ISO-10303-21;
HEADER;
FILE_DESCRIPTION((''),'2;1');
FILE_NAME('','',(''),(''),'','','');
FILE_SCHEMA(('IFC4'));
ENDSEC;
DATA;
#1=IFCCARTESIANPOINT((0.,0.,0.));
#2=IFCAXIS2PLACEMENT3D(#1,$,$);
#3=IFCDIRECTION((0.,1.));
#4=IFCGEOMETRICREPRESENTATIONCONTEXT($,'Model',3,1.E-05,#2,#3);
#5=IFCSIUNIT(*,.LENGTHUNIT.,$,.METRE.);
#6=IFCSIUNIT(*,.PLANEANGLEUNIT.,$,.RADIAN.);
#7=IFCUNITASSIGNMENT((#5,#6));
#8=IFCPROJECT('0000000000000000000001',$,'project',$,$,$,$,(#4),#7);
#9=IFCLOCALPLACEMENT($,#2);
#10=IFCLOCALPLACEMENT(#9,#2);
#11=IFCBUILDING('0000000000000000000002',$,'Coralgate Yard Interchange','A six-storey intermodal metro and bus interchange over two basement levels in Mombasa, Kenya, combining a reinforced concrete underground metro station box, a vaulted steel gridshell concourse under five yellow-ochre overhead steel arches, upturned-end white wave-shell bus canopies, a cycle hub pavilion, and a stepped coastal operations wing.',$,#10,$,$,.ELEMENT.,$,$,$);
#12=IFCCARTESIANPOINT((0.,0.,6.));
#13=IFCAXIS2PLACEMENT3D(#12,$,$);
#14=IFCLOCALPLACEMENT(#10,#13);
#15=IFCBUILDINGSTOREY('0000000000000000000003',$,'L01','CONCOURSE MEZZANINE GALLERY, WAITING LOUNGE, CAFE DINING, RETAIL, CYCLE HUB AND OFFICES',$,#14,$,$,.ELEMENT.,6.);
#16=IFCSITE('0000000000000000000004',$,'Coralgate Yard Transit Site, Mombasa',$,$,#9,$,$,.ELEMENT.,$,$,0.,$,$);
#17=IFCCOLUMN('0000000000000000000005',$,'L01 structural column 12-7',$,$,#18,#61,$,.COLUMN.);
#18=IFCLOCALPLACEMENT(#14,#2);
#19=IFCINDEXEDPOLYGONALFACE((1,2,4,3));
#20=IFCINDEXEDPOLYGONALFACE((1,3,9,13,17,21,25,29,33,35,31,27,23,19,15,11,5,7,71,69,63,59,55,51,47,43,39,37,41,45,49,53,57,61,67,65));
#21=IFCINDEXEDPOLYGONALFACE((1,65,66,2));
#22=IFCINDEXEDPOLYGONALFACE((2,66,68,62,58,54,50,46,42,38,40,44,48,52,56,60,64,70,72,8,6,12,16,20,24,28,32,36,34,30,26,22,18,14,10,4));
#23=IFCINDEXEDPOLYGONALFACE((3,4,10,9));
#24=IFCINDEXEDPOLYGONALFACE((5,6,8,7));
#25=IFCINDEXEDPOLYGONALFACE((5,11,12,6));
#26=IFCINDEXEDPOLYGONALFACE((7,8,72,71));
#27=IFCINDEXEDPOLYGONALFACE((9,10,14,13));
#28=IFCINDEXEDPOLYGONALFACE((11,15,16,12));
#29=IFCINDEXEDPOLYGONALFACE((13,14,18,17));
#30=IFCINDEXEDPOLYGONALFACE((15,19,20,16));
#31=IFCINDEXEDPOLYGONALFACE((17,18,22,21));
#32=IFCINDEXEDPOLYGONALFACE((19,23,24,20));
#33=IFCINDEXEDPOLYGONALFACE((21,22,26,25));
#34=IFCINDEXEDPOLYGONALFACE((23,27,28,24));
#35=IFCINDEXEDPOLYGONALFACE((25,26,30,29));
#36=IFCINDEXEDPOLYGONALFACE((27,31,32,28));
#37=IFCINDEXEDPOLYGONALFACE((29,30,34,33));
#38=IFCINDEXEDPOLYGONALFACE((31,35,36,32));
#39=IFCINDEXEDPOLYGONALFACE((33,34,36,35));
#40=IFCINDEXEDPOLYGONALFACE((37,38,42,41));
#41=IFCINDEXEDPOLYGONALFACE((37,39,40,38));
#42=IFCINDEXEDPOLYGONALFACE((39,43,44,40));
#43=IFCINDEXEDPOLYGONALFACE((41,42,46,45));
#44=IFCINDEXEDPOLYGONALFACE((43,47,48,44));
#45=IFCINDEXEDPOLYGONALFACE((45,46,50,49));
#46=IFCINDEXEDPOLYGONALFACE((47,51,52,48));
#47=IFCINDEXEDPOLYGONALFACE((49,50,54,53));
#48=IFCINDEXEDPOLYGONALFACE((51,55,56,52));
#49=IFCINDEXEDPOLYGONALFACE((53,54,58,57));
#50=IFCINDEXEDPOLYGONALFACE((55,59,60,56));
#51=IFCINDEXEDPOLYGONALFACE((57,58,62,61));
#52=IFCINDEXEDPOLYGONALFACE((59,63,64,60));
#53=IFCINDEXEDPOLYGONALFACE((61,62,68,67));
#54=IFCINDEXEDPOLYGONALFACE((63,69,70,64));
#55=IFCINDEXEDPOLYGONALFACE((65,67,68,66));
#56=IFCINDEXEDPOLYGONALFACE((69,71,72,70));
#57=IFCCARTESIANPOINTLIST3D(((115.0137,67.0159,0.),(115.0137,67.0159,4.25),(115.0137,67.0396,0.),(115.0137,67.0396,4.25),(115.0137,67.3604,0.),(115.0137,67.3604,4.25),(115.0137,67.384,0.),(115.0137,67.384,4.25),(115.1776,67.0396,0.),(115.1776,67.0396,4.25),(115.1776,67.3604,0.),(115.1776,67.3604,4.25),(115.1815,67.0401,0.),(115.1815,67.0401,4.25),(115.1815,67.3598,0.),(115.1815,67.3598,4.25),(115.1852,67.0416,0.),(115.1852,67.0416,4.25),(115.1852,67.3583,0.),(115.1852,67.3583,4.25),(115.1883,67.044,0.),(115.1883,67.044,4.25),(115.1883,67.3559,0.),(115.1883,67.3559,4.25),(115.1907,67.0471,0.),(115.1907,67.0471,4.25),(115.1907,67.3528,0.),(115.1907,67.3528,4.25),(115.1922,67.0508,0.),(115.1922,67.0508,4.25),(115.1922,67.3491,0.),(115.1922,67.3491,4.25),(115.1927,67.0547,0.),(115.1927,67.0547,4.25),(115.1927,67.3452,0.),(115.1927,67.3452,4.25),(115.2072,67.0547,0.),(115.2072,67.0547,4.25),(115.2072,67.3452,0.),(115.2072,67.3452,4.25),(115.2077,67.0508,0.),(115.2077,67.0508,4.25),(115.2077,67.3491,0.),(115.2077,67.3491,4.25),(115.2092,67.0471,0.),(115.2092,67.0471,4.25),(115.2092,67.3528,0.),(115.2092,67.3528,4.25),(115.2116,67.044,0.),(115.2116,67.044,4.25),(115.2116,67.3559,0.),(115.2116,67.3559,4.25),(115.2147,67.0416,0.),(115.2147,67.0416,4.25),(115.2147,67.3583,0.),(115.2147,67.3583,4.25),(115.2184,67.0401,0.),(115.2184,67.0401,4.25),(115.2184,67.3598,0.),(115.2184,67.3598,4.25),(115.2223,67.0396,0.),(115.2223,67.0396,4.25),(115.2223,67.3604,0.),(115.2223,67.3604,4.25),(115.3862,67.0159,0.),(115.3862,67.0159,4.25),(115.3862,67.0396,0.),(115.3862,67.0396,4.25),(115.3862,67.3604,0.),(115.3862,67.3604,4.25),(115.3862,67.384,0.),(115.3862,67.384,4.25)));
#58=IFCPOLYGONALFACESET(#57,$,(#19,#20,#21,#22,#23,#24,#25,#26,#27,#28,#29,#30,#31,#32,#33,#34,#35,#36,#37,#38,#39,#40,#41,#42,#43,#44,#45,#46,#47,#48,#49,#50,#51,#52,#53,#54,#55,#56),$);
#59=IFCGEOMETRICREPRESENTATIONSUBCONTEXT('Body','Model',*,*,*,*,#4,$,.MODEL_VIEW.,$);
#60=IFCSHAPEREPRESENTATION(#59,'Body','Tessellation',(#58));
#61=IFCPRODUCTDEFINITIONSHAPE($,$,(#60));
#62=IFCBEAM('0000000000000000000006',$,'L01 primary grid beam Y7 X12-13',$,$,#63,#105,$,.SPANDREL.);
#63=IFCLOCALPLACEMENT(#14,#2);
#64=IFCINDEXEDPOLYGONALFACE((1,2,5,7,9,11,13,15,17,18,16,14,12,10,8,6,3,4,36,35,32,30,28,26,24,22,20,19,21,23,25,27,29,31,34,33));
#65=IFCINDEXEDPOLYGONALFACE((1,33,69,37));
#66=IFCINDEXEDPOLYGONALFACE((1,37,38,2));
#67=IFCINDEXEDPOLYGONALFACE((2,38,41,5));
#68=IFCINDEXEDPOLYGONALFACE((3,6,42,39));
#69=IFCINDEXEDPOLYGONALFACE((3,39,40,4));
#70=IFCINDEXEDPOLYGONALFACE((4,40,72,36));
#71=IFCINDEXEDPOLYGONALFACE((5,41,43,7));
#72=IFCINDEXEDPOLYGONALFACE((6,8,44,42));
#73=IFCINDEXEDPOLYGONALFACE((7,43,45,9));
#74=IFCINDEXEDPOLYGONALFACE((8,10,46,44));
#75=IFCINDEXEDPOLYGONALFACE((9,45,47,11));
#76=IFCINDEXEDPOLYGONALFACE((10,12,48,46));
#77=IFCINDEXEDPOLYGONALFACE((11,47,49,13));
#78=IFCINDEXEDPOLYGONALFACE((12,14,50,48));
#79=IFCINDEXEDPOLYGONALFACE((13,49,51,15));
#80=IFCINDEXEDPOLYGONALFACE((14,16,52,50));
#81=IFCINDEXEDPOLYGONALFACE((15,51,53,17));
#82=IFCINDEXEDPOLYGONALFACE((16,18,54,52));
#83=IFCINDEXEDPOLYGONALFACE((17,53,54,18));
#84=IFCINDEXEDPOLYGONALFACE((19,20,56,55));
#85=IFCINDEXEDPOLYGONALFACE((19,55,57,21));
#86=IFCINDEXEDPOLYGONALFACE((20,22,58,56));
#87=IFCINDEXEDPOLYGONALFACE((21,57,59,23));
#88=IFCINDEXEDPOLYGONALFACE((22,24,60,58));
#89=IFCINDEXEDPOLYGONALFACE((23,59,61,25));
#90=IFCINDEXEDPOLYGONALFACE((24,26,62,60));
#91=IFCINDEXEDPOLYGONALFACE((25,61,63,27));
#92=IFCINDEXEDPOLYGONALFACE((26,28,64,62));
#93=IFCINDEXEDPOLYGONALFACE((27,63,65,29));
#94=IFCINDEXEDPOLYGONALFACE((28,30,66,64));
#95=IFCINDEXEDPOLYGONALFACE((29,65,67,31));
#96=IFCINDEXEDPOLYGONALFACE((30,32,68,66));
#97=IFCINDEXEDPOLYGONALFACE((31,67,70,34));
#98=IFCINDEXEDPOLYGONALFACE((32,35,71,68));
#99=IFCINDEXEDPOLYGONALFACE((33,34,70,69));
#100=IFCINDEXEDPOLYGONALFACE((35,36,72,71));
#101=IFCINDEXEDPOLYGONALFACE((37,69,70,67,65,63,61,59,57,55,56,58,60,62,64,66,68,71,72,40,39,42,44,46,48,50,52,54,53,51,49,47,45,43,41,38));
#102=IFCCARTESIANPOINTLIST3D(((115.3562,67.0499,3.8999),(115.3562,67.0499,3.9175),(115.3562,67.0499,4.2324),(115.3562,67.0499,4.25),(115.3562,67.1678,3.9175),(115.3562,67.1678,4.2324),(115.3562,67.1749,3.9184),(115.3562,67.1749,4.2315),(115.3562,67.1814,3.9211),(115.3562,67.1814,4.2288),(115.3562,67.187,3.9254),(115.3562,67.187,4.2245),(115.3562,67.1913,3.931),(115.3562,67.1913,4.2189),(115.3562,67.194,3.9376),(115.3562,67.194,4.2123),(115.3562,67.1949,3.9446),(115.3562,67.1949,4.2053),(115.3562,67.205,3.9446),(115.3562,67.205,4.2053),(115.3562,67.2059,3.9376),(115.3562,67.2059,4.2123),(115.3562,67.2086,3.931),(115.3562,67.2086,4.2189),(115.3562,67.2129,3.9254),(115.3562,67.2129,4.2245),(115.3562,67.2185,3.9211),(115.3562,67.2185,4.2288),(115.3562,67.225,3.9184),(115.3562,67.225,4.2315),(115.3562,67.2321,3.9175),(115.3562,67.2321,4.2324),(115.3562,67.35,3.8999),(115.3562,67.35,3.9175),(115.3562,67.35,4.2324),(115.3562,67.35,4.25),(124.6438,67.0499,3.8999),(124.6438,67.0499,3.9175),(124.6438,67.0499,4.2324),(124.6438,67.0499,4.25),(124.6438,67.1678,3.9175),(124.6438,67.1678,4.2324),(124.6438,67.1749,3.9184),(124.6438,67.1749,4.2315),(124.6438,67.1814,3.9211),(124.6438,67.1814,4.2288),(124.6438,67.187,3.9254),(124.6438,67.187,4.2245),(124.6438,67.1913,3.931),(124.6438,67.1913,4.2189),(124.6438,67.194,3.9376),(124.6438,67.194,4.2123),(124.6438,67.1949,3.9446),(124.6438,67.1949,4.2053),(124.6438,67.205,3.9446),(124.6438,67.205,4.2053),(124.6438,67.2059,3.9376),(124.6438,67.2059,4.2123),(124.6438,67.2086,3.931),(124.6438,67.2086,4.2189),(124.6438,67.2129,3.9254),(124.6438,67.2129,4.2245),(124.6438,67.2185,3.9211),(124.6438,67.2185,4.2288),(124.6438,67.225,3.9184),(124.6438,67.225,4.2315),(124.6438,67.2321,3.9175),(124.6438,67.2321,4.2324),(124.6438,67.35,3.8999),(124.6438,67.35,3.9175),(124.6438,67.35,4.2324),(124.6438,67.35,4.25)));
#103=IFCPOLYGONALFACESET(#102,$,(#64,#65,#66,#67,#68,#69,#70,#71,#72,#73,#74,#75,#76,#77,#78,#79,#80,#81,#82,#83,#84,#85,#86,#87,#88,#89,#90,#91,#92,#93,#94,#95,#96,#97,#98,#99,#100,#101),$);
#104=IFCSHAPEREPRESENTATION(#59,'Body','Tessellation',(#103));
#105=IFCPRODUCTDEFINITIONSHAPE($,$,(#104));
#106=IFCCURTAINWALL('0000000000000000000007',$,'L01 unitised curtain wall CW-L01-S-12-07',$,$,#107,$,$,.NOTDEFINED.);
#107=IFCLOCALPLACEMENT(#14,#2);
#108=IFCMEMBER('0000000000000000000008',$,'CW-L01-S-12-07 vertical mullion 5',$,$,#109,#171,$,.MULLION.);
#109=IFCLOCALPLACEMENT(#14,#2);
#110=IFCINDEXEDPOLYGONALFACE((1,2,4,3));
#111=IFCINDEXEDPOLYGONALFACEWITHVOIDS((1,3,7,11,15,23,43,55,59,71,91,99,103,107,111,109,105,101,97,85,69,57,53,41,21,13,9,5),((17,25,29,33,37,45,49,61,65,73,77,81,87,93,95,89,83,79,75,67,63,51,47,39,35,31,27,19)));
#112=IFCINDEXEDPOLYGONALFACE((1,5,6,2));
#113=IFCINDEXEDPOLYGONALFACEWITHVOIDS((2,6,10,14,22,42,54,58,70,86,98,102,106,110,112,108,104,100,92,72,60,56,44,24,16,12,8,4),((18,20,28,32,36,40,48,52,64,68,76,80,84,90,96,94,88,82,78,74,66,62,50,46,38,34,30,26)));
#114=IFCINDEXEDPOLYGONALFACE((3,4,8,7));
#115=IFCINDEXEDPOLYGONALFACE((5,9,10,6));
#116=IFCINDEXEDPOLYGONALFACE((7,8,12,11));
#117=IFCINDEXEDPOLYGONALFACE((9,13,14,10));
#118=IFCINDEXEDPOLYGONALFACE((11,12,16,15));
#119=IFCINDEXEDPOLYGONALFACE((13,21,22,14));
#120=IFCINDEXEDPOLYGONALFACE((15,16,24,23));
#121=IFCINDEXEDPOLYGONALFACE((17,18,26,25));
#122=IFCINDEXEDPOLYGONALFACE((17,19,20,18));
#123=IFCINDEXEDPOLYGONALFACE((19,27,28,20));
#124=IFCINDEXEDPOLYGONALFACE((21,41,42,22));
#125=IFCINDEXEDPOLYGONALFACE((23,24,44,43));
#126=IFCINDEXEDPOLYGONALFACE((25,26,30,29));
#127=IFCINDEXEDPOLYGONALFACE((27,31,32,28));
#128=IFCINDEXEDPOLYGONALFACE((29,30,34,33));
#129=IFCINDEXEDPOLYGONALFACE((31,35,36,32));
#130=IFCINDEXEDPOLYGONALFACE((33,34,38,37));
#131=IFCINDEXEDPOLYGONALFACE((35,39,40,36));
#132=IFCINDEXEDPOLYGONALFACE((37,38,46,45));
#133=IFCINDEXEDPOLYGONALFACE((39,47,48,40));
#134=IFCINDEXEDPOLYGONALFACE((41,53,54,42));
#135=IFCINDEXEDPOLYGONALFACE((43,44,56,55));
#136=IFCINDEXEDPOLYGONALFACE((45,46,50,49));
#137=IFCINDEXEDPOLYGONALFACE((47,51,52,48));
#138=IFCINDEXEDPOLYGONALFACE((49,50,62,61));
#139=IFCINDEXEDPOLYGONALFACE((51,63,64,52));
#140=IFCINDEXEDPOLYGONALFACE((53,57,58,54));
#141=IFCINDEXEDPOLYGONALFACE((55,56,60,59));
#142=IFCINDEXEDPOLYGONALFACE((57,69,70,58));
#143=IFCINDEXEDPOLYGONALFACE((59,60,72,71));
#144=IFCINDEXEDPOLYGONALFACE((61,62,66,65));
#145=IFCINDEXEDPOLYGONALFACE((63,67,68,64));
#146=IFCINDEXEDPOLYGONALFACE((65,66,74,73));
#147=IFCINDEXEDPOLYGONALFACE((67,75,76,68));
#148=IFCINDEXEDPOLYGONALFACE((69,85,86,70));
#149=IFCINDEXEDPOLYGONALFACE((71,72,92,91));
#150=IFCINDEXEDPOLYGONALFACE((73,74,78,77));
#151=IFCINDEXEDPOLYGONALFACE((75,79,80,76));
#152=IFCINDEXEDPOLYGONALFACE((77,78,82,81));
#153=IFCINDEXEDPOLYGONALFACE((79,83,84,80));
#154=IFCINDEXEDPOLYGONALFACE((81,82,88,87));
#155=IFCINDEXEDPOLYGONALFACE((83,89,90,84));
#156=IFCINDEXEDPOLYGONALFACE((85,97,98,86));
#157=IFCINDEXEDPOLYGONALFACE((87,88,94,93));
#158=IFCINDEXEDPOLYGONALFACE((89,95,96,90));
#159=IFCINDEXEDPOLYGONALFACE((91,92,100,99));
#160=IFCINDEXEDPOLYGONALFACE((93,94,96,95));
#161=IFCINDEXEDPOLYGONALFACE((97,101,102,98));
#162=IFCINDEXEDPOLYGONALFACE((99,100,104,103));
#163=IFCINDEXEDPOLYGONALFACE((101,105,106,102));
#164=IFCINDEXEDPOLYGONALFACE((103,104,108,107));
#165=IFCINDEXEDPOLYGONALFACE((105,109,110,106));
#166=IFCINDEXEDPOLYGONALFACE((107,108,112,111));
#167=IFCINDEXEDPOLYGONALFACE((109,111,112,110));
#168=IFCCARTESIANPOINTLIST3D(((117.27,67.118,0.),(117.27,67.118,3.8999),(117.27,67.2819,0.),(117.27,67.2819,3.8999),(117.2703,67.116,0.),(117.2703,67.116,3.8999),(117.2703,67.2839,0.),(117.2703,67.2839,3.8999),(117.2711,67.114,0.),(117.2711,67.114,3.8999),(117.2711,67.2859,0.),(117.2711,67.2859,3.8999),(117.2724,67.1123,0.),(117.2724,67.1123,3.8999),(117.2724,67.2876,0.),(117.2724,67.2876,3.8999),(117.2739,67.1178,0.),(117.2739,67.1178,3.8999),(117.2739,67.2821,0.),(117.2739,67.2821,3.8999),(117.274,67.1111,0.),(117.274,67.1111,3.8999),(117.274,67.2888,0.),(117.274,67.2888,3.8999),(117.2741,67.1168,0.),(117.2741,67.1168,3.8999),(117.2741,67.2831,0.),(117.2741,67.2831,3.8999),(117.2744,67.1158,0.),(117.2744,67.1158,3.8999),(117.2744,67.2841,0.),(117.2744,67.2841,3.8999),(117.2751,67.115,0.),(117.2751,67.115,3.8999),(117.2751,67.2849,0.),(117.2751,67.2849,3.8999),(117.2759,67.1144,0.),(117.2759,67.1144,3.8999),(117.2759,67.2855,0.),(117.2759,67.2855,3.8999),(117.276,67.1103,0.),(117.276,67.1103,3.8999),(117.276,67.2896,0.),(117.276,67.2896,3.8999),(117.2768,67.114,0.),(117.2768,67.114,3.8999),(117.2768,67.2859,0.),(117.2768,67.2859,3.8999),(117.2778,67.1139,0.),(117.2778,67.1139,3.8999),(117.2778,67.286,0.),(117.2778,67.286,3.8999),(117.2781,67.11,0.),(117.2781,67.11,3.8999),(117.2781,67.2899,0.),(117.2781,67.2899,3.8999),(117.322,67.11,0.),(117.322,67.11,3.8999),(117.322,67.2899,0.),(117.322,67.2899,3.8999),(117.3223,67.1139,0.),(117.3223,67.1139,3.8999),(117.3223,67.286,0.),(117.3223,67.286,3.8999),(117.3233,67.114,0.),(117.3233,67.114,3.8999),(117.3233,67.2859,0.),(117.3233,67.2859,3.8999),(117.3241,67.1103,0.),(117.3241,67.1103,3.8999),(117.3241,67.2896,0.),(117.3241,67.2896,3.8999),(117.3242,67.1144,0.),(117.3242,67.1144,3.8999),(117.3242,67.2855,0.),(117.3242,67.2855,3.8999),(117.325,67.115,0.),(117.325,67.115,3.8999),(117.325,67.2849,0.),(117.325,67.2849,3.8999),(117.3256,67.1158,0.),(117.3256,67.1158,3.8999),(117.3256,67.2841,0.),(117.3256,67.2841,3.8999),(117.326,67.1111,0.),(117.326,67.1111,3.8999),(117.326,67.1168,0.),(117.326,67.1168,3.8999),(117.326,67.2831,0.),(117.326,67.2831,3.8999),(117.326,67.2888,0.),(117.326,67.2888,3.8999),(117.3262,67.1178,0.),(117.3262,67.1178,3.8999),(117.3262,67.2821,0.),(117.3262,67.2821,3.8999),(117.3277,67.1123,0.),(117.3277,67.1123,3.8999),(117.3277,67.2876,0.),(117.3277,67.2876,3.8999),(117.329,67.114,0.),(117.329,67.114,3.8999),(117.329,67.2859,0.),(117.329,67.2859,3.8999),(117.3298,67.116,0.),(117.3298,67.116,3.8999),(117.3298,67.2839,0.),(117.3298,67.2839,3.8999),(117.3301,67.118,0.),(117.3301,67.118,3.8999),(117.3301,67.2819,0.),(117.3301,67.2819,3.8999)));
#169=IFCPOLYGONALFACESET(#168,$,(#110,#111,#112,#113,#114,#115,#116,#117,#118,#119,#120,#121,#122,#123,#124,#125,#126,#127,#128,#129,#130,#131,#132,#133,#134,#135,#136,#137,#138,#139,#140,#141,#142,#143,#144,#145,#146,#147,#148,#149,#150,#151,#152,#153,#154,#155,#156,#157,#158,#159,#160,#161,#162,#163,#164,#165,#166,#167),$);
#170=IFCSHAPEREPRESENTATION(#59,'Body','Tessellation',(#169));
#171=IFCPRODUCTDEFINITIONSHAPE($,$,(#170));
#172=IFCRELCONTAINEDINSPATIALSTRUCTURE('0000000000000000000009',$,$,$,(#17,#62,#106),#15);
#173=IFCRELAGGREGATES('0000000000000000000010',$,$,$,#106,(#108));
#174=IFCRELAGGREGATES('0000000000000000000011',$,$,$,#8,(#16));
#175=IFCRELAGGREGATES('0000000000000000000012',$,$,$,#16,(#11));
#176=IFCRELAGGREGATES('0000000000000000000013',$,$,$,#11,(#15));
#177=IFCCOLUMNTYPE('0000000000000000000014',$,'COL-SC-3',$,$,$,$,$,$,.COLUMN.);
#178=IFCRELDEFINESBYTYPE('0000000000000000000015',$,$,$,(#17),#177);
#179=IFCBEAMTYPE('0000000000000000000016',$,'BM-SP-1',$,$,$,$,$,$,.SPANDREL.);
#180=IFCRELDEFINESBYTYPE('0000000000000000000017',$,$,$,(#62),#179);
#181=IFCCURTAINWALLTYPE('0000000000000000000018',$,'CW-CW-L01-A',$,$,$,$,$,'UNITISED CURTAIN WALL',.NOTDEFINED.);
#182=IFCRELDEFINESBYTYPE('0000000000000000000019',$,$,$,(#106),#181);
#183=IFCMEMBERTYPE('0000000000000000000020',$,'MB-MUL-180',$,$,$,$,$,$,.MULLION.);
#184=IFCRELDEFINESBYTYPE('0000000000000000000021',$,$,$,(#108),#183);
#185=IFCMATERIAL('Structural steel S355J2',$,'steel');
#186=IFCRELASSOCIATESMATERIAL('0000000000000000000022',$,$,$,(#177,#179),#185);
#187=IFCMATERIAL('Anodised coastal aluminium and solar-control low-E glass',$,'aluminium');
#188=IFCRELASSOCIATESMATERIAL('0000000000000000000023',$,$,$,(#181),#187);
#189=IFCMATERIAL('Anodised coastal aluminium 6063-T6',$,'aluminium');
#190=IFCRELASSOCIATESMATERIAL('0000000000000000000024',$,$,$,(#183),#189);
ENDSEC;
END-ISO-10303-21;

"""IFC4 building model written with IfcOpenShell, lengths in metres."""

from ifc_helpers import new_model, si_unit, direction, frame, origin, origin_2d, place, context, subcontext, project, spatial, hollow_rectangle, i_section, extrude, material, material_profile, profile_set, type_object, element, aggregate, save


model = new_model("IFC4")

# Units and contexts
model_context = context("Model", 3, precision=1e-05, world=origin(), true_north=direction((0.0, 1.0)))
body_context = subcontext(model_context, "Body", "Model", "MODEL_VIEW")
ifc_project = project(units=[si_unit("LENGTHUNIT", "METRE"), si_unit("PLANEANGLEUNIT", "RADIAN")], contexts=[model_context])

# Site, building, storey
site_placement = place(None, origin())
site = spatial("IfcSite", under=ifc_project, at=site_placement, Name="Coralgate Yard Transit Site, Mombasa", CompositionType="ELEMENT", RefElevation=0.0)
building_placement = place(site_placement, origin())
building = spatial("IfcBuilding", under=site, at=building_placement, Name="Coralgate Yard Interchange", Description="A six-storey intermodal metro and bus interchange over two basement levels in Mombasa, Kenya, combining a reinforced concrete underground metro station box, a vaulted steel gridshell concourse under five yellow-ochre overhead steel arches, upturned-end white wave-shell bus canopies, a cycle hub pavilion, and a stepped coastal operations wing.", CompositionType="ELEMENT")
storey_placement = place(building_placement, frame((0.0, 0.0, 6.0)))
storey = spatial("IfcBuildingStorey", under=building, at=storey_placement, Name="L01", Description="CONCOURSE MEZZANINE GALLERY, WAITING LOUNGE, CAFE DINING, RETAIL, CYCLE HUB AND OFFICES", CompositionType="ELEMENT", Elevation=6.0)

# Column
ifc_material_1 = material(Name="Structural steel S355J2", Category="steel")
ifc_material_profile_1 = material_profile(ifc_material_1, i_section(OverallWidth=0.3726, OverallDepth=0.3682, WebThickness=0.0144, FlangeThickness=0.0237, FilletRadius=0.0151, at=origin_2d()), Name="UC 356x368x177")
ifc_profile_set_1 = profile_set([ifc_material_profile_1], Name="Structural steel S355J2")
column_type = type_object("IfcColumnType", Name="COL-SC-3", PredefinedType="COLUMN", material=ifc_profile_set_1)
column_placement = place(storey_placement, frame((115.2, 67.2, 0.0), z_axis=(0.0, 0.0, 1.0), x_axis=(1.0, 0.0, 0.0)))
element("IfcColumn", 1, at=column_placement, inside=storey, type_object=column_type, Name="L01 structural column 12-7", PredefinedType="COLUMN", context=body_context, shape_type="SweptSolid", body=[
    extrude(i_section(OverallWidth=0.3726, OverallDepth=0.3682, WebThickness=0.0144, FlangeThickness=0.0237, FilletRadius=0.0151, at=origin_2d()), origin(), (0.0, 0.0, 1.0), 4.25),
])

# Beam
ifc_material_profile_2 = material_profile(ifc_material_1, i_section(OverallWidth=0.3, OverallDepth=0.3501, WebThickness=0.01, FlangeThickness=0.0176, FilletRadius=0.0271, at=origin_2d()), Name="HEA 360")
ifc_profile_set_2 = profile_set([ifc_material_profile_2], Name="Structural steel S355J2")
beam_type = type_object("IfcBeamType", Name="BM-SP-1", PredefinedType="SPANDREL", material=ifc_profile_set_2)
beam_placement = place(storey_placement, frame((115.3562, 67.2, 4.075), z_axis=(1.0, 0.0, 0.0), x_axis=(0.0, 1.0, 0.0)))
element("IfcBeam", 2, at=beam_placement, inside=storey, type_object=beam_type, Name="L01 primary grid beam Y7 X12-13", PredefinedType="SPANDREL", context=body_context, shape_type="SweptSolid", body=[
    extrude(i_section(OverallWidth=0.3, OverallDepth=0.3501, WebThickness=0.01, FlangeThickness=0.0176, FilletRadius=0.0271, at=origin_2d()), origin(), (0.0, 0.0, 1.0), 9.2876),
])

# Curtain wall, member
ifc_material_2 = material(Name="Anodised coastal aluminium and solar-control low-E glass", Category="aluminium")
curtain_wall_type = type_object("IfcCurtainWallType", Name="CW-CW-L01-A", ElementType="UNITISED CURTAIN WALL", PredefinedType="NOTDEFINED", material=ifc_material_2)
curtain_wall_1_placement = place(storey_placement, origin())
curtain_wall_1 = element("IfcCurtainWall", 3, at=curtain_wall_1_placement, inside=storey, type_object=curtain_wall_type, Name="L01 unitised curtain wall CW-L01-S-12-07", PredefinedType="NOTDEFINED")
ifc_material_3 = material(Name="Anodised coastal aluminium 6063-T6", Category="aluminium")
ifc_material_profile_3 = material_profile(ifc_material_3, hollow_rectangle(XDim=0.0601, YDim=0.1799, WallThickness=0.0039, InnerFilletRadius=0.0039, OuterFilletRadius=0.0081, at=origin_2d()), Name="ALU 60x180x4")
ifc_profile_set_3 = profile_set([ifc_material_profile_3], Name="Anodised coastal aluminium 6063-T6")
member_type_1 = type_object("IfcMemberType", Name="MB-MUL-180", PredefinedType="MULLION", material=ifc_profile_set_3)
member_1_placement = place(storey_placement, frame((117.3, 67.2, 0.0), z_axis=(0.0, 0.0, 1.0), x_axis=(1.0, 0.0, 0.0)))
member_1 = element("IfcMember", 4, at=member_1_placement, type_object=member_type_1, Name="CW-L01-S-12-07 vertical mullion 5", PredefinedType="MULLION", context=body_context, shape_type="SweptSolid", body=[
    extrude(hollow_rectangle(XDim=0.0601, YDim=0.1799, WallThickness=0.0039, InnerFilletRadius=0.0039, OuterFilletRadius=0.0081, at=origin_2d()), origin(), (0.0, 0.0, 1.0), 3.8999),
])

aggregate(curtain_wall_1, [member_1])

save(model, "model.ifc")
